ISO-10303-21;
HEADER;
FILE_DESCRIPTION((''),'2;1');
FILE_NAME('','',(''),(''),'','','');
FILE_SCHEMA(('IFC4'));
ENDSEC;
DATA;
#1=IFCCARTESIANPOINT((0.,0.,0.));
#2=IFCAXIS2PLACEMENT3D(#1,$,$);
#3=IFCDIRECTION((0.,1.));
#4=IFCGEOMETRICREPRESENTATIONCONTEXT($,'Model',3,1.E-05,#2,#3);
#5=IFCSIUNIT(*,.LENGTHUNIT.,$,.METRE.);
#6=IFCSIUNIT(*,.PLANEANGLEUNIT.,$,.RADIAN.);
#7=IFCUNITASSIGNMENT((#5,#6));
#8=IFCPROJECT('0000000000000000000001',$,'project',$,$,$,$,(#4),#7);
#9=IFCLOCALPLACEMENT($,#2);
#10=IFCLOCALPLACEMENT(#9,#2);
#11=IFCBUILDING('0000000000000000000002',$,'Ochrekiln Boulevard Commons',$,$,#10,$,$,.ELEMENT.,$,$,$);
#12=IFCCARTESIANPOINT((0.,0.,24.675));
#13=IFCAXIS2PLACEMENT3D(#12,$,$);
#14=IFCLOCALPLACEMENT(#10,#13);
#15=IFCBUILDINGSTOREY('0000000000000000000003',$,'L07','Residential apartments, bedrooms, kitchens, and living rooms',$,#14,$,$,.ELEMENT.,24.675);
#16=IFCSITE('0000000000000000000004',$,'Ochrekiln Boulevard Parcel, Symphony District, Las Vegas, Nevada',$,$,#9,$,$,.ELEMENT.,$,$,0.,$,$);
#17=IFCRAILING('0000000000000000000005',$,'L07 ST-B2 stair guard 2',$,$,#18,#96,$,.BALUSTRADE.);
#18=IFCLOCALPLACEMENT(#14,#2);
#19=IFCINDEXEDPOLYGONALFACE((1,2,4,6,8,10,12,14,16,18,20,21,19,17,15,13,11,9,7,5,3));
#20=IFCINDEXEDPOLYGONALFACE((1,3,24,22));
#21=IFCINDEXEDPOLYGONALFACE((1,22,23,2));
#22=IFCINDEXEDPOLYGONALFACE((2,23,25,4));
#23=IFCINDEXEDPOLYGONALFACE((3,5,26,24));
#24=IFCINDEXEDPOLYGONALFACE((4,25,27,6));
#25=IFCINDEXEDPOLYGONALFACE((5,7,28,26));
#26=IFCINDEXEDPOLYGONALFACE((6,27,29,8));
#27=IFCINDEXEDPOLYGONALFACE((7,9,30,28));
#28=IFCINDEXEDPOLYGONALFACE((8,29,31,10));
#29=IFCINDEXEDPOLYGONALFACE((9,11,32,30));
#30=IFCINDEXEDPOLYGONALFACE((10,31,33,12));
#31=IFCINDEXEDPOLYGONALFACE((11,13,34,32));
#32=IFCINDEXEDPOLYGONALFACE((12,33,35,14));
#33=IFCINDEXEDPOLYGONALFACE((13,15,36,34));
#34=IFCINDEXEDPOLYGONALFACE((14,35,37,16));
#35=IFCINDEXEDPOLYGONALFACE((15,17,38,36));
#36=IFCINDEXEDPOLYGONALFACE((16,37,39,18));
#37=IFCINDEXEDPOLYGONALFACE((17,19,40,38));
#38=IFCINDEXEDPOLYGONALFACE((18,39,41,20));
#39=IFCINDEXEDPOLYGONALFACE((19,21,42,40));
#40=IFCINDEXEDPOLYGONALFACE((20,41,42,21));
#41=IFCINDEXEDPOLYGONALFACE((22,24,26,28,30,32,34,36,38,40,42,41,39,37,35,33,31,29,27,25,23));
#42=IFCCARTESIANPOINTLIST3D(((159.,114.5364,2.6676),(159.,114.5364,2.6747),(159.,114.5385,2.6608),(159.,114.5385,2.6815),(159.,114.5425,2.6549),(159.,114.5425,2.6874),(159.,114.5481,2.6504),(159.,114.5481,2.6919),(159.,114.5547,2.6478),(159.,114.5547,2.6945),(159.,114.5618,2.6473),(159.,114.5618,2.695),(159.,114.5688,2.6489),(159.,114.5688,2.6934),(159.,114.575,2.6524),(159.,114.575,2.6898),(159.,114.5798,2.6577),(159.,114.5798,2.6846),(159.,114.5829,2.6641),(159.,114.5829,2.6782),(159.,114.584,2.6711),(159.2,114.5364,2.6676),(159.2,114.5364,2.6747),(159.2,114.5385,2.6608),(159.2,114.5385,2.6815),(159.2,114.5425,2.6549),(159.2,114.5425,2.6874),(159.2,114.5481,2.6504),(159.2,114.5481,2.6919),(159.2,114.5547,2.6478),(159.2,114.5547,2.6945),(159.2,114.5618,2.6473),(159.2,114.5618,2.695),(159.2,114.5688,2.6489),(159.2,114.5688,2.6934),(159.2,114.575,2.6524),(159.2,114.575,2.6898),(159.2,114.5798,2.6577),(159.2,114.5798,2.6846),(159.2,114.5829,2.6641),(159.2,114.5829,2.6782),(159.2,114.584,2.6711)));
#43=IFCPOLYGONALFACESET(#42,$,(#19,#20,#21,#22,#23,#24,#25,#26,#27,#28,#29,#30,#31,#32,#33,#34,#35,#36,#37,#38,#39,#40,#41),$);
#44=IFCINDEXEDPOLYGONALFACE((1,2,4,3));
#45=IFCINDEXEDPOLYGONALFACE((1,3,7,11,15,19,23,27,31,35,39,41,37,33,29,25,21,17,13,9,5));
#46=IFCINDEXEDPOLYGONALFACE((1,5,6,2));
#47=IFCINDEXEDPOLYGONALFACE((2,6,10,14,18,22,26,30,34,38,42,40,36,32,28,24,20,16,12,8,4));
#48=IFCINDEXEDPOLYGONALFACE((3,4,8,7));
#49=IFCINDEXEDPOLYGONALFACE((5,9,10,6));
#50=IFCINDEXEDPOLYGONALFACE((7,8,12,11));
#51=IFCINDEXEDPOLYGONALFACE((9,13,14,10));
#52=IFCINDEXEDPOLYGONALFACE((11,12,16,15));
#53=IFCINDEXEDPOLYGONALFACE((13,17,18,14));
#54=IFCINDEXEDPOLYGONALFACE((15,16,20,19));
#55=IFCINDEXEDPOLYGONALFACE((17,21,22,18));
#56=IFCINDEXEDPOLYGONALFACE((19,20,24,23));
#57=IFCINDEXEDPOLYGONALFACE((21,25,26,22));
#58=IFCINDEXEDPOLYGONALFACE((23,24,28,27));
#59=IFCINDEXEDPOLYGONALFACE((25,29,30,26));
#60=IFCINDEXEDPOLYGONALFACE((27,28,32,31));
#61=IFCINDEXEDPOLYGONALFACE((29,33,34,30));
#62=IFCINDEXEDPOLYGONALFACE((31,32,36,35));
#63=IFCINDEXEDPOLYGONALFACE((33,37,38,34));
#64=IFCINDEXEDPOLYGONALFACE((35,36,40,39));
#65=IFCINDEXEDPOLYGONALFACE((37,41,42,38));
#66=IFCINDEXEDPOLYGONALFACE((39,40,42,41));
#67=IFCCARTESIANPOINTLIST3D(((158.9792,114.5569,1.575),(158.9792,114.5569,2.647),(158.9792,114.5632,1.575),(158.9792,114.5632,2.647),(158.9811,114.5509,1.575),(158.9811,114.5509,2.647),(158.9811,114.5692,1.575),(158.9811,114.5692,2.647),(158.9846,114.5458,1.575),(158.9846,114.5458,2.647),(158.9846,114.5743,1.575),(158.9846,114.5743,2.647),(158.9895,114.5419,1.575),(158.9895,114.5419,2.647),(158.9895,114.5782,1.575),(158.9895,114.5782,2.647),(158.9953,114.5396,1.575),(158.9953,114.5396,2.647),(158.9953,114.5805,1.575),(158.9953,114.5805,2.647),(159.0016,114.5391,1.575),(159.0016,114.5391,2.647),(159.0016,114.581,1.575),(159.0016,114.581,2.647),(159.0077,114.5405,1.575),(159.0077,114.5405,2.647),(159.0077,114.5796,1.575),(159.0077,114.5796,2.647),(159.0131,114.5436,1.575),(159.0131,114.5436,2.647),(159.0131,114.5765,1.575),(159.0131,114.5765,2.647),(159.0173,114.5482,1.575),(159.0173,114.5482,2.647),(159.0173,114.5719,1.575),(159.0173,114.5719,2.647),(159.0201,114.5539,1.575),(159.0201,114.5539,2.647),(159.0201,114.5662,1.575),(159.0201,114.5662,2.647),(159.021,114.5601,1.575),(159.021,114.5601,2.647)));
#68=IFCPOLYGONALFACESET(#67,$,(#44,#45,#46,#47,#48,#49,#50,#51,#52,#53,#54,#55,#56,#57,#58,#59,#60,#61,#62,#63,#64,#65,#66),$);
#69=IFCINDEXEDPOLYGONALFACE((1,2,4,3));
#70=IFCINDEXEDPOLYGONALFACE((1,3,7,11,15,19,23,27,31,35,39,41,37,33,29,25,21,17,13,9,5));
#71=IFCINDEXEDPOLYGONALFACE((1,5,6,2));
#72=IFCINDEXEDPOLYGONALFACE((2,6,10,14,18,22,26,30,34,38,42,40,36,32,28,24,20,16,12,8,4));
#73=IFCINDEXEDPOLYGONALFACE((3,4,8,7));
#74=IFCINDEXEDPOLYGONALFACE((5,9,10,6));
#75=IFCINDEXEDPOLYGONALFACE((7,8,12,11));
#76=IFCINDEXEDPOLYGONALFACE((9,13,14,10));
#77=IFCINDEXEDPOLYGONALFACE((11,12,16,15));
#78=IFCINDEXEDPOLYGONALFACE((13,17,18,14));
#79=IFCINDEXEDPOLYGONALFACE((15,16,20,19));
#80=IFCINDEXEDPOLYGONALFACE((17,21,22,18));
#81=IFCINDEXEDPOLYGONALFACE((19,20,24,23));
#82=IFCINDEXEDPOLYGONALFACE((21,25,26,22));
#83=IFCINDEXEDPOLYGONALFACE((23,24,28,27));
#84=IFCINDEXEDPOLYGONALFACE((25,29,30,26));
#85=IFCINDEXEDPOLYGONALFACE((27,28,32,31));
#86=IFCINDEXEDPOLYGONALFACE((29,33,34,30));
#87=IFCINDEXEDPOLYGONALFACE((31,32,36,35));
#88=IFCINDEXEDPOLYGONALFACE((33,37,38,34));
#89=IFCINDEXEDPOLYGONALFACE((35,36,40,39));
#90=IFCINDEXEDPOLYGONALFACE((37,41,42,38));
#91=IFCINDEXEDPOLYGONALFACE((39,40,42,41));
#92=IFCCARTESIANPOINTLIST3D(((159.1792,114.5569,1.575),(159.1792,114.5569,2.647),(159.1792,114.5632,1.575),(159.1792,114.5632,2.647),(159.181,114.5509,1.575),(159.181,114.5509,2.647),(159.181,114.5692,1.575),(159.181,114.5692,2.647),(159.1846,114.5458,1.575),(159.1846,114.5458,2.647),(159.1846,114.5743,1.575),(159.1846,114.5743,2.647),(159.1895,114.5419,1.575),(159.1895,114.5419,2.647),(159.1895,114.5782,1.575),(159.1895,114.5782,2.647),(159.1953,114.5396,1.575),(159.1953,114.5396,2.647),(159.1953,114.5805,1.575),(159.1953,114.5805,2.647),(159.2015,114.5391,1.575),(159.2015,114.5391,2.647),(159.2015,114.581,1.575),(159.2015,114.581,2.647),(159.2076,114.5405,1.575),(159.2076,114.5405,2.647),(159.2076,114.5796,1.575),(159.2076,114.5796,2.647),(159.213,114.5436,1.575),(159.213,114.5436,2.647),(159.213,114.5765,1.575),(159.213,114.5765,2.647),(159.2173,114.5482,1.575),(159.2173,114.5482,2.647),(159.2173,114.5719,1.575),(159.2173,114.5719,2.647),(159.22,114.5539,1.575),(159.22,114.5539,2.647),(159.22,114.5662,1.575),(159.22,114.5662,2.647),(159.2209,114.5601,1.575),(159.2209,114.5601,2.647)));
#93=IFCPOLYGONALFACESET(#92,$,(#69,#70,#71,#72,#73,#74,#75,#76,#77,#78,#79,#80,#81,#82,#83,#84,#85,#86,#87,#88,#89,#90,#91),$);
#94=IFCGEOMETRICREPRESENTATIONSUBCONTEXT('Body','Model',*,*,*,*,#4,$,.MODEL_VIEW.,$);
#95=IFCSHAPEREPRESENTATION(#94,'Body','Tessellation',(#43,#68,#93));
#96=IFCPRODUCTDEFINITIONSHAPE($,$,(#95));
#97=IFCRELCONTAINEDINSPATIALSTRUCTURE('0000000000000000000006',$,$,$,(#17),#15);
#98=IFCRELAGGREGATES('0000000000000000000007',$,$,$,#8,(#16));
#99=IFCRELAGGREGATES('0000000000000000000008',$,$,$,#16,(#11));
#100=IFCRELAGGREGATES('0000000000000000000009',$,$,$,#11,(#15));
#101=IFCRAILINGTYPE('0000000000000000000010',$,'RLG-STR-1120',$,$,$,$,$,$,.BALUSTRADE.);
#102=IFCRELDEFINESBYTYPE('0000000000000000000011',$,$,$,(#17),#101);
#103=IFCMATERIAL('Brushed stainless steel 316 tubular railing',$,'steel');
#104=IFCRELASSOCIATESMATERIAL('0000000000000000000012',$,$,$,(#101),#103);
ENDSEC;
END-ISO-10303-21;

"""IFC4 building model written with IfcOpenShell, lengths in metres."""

from ifc_helpers import new_model, si_unit, direction, frame, origin, origin_2d, place, context, subcontext, project, spatial, circle, extrude, material, type_object, element, save


model = new_model("IFC4")

# Units and contexts
model_context = context("Model", 3, precision=1e-05, world=origin(), true_north=direction((0.0, 1.0)))
body_context = subcontext(model_context, "Body", "Model", "MODEL_VIEW")
ifc_project = project(units=[si_unit("LENGTHUNIT", "METRE"), si_unit("PLANEANGLEUNIT", "RADIAN")], contexts=[model_context])

# Site, building, storey
site_placement = place(None, origin())
site = spatial("IfcSite", under=ifc_project, at=site_placement, Name="Ochrekiln Boulevard Parcel, Symphony District, Las Vegas, Nevada", CompositionType="ELEMENT", RefElevation=0.0)
building_placement = place(site_placement, origin())
building = spatial("IfcBuilding", under=site, at=building_placement, Name="Ochrekiln Boulevard Commons", CompositionType="ELEMENT")
storey_placement = place(building_placement, frame((0.0, 0.0, 24.675)))
storey = spatial("IfcBuildingStorey", under=building, at=storey_placement, Name="L07", Description="Residential apartments, bedrooms, kitchens, and living rooms", CompositionType="ELEMENT", Elevation=24.675)

# Railing
ifc_material_1 = material(Name="Brushed stainless steel 316 tubular railing", Category="steel")
railing_type_1 = type_object("IfcRailingType", Name="RLG-STR-1120", PredefinedType="BALUSTRADE", material=ifc_material_1)
railing_1_placement = place(storey_placement, frame((159.0, 114.5601, 1.575)))
element("IfcRailing", 1, at=railing_1_placement, inside=storey, type_object=railing_type_1, Name="L07 ST-B2 stair guard 2", PredefinedType="BALUSTRADE", context=body_context, shape_type="SweptSolid", body=[
    extrude(circle(Radius=0.0239, at=origin_2d()), frame((0.0, 0.0, 1.0962), z_axis=(1.0, 0.0, 0.0), x_axis=(0.0, 1.0, 0.0)), (0.0, 0.0, 1.0), 0.2),
    extrude(circle(Radius=0.021, at=origin_2d()), origin(), (0.0, 0.0, 1.0), 1.072),
    extrude(circle(Radius=0.021, at=origin_2d()), frame((0.2, 0.0, 0.0)), (0.0, 0.0, 1.0), 1.072),
])

save(model, "model.ifc")
